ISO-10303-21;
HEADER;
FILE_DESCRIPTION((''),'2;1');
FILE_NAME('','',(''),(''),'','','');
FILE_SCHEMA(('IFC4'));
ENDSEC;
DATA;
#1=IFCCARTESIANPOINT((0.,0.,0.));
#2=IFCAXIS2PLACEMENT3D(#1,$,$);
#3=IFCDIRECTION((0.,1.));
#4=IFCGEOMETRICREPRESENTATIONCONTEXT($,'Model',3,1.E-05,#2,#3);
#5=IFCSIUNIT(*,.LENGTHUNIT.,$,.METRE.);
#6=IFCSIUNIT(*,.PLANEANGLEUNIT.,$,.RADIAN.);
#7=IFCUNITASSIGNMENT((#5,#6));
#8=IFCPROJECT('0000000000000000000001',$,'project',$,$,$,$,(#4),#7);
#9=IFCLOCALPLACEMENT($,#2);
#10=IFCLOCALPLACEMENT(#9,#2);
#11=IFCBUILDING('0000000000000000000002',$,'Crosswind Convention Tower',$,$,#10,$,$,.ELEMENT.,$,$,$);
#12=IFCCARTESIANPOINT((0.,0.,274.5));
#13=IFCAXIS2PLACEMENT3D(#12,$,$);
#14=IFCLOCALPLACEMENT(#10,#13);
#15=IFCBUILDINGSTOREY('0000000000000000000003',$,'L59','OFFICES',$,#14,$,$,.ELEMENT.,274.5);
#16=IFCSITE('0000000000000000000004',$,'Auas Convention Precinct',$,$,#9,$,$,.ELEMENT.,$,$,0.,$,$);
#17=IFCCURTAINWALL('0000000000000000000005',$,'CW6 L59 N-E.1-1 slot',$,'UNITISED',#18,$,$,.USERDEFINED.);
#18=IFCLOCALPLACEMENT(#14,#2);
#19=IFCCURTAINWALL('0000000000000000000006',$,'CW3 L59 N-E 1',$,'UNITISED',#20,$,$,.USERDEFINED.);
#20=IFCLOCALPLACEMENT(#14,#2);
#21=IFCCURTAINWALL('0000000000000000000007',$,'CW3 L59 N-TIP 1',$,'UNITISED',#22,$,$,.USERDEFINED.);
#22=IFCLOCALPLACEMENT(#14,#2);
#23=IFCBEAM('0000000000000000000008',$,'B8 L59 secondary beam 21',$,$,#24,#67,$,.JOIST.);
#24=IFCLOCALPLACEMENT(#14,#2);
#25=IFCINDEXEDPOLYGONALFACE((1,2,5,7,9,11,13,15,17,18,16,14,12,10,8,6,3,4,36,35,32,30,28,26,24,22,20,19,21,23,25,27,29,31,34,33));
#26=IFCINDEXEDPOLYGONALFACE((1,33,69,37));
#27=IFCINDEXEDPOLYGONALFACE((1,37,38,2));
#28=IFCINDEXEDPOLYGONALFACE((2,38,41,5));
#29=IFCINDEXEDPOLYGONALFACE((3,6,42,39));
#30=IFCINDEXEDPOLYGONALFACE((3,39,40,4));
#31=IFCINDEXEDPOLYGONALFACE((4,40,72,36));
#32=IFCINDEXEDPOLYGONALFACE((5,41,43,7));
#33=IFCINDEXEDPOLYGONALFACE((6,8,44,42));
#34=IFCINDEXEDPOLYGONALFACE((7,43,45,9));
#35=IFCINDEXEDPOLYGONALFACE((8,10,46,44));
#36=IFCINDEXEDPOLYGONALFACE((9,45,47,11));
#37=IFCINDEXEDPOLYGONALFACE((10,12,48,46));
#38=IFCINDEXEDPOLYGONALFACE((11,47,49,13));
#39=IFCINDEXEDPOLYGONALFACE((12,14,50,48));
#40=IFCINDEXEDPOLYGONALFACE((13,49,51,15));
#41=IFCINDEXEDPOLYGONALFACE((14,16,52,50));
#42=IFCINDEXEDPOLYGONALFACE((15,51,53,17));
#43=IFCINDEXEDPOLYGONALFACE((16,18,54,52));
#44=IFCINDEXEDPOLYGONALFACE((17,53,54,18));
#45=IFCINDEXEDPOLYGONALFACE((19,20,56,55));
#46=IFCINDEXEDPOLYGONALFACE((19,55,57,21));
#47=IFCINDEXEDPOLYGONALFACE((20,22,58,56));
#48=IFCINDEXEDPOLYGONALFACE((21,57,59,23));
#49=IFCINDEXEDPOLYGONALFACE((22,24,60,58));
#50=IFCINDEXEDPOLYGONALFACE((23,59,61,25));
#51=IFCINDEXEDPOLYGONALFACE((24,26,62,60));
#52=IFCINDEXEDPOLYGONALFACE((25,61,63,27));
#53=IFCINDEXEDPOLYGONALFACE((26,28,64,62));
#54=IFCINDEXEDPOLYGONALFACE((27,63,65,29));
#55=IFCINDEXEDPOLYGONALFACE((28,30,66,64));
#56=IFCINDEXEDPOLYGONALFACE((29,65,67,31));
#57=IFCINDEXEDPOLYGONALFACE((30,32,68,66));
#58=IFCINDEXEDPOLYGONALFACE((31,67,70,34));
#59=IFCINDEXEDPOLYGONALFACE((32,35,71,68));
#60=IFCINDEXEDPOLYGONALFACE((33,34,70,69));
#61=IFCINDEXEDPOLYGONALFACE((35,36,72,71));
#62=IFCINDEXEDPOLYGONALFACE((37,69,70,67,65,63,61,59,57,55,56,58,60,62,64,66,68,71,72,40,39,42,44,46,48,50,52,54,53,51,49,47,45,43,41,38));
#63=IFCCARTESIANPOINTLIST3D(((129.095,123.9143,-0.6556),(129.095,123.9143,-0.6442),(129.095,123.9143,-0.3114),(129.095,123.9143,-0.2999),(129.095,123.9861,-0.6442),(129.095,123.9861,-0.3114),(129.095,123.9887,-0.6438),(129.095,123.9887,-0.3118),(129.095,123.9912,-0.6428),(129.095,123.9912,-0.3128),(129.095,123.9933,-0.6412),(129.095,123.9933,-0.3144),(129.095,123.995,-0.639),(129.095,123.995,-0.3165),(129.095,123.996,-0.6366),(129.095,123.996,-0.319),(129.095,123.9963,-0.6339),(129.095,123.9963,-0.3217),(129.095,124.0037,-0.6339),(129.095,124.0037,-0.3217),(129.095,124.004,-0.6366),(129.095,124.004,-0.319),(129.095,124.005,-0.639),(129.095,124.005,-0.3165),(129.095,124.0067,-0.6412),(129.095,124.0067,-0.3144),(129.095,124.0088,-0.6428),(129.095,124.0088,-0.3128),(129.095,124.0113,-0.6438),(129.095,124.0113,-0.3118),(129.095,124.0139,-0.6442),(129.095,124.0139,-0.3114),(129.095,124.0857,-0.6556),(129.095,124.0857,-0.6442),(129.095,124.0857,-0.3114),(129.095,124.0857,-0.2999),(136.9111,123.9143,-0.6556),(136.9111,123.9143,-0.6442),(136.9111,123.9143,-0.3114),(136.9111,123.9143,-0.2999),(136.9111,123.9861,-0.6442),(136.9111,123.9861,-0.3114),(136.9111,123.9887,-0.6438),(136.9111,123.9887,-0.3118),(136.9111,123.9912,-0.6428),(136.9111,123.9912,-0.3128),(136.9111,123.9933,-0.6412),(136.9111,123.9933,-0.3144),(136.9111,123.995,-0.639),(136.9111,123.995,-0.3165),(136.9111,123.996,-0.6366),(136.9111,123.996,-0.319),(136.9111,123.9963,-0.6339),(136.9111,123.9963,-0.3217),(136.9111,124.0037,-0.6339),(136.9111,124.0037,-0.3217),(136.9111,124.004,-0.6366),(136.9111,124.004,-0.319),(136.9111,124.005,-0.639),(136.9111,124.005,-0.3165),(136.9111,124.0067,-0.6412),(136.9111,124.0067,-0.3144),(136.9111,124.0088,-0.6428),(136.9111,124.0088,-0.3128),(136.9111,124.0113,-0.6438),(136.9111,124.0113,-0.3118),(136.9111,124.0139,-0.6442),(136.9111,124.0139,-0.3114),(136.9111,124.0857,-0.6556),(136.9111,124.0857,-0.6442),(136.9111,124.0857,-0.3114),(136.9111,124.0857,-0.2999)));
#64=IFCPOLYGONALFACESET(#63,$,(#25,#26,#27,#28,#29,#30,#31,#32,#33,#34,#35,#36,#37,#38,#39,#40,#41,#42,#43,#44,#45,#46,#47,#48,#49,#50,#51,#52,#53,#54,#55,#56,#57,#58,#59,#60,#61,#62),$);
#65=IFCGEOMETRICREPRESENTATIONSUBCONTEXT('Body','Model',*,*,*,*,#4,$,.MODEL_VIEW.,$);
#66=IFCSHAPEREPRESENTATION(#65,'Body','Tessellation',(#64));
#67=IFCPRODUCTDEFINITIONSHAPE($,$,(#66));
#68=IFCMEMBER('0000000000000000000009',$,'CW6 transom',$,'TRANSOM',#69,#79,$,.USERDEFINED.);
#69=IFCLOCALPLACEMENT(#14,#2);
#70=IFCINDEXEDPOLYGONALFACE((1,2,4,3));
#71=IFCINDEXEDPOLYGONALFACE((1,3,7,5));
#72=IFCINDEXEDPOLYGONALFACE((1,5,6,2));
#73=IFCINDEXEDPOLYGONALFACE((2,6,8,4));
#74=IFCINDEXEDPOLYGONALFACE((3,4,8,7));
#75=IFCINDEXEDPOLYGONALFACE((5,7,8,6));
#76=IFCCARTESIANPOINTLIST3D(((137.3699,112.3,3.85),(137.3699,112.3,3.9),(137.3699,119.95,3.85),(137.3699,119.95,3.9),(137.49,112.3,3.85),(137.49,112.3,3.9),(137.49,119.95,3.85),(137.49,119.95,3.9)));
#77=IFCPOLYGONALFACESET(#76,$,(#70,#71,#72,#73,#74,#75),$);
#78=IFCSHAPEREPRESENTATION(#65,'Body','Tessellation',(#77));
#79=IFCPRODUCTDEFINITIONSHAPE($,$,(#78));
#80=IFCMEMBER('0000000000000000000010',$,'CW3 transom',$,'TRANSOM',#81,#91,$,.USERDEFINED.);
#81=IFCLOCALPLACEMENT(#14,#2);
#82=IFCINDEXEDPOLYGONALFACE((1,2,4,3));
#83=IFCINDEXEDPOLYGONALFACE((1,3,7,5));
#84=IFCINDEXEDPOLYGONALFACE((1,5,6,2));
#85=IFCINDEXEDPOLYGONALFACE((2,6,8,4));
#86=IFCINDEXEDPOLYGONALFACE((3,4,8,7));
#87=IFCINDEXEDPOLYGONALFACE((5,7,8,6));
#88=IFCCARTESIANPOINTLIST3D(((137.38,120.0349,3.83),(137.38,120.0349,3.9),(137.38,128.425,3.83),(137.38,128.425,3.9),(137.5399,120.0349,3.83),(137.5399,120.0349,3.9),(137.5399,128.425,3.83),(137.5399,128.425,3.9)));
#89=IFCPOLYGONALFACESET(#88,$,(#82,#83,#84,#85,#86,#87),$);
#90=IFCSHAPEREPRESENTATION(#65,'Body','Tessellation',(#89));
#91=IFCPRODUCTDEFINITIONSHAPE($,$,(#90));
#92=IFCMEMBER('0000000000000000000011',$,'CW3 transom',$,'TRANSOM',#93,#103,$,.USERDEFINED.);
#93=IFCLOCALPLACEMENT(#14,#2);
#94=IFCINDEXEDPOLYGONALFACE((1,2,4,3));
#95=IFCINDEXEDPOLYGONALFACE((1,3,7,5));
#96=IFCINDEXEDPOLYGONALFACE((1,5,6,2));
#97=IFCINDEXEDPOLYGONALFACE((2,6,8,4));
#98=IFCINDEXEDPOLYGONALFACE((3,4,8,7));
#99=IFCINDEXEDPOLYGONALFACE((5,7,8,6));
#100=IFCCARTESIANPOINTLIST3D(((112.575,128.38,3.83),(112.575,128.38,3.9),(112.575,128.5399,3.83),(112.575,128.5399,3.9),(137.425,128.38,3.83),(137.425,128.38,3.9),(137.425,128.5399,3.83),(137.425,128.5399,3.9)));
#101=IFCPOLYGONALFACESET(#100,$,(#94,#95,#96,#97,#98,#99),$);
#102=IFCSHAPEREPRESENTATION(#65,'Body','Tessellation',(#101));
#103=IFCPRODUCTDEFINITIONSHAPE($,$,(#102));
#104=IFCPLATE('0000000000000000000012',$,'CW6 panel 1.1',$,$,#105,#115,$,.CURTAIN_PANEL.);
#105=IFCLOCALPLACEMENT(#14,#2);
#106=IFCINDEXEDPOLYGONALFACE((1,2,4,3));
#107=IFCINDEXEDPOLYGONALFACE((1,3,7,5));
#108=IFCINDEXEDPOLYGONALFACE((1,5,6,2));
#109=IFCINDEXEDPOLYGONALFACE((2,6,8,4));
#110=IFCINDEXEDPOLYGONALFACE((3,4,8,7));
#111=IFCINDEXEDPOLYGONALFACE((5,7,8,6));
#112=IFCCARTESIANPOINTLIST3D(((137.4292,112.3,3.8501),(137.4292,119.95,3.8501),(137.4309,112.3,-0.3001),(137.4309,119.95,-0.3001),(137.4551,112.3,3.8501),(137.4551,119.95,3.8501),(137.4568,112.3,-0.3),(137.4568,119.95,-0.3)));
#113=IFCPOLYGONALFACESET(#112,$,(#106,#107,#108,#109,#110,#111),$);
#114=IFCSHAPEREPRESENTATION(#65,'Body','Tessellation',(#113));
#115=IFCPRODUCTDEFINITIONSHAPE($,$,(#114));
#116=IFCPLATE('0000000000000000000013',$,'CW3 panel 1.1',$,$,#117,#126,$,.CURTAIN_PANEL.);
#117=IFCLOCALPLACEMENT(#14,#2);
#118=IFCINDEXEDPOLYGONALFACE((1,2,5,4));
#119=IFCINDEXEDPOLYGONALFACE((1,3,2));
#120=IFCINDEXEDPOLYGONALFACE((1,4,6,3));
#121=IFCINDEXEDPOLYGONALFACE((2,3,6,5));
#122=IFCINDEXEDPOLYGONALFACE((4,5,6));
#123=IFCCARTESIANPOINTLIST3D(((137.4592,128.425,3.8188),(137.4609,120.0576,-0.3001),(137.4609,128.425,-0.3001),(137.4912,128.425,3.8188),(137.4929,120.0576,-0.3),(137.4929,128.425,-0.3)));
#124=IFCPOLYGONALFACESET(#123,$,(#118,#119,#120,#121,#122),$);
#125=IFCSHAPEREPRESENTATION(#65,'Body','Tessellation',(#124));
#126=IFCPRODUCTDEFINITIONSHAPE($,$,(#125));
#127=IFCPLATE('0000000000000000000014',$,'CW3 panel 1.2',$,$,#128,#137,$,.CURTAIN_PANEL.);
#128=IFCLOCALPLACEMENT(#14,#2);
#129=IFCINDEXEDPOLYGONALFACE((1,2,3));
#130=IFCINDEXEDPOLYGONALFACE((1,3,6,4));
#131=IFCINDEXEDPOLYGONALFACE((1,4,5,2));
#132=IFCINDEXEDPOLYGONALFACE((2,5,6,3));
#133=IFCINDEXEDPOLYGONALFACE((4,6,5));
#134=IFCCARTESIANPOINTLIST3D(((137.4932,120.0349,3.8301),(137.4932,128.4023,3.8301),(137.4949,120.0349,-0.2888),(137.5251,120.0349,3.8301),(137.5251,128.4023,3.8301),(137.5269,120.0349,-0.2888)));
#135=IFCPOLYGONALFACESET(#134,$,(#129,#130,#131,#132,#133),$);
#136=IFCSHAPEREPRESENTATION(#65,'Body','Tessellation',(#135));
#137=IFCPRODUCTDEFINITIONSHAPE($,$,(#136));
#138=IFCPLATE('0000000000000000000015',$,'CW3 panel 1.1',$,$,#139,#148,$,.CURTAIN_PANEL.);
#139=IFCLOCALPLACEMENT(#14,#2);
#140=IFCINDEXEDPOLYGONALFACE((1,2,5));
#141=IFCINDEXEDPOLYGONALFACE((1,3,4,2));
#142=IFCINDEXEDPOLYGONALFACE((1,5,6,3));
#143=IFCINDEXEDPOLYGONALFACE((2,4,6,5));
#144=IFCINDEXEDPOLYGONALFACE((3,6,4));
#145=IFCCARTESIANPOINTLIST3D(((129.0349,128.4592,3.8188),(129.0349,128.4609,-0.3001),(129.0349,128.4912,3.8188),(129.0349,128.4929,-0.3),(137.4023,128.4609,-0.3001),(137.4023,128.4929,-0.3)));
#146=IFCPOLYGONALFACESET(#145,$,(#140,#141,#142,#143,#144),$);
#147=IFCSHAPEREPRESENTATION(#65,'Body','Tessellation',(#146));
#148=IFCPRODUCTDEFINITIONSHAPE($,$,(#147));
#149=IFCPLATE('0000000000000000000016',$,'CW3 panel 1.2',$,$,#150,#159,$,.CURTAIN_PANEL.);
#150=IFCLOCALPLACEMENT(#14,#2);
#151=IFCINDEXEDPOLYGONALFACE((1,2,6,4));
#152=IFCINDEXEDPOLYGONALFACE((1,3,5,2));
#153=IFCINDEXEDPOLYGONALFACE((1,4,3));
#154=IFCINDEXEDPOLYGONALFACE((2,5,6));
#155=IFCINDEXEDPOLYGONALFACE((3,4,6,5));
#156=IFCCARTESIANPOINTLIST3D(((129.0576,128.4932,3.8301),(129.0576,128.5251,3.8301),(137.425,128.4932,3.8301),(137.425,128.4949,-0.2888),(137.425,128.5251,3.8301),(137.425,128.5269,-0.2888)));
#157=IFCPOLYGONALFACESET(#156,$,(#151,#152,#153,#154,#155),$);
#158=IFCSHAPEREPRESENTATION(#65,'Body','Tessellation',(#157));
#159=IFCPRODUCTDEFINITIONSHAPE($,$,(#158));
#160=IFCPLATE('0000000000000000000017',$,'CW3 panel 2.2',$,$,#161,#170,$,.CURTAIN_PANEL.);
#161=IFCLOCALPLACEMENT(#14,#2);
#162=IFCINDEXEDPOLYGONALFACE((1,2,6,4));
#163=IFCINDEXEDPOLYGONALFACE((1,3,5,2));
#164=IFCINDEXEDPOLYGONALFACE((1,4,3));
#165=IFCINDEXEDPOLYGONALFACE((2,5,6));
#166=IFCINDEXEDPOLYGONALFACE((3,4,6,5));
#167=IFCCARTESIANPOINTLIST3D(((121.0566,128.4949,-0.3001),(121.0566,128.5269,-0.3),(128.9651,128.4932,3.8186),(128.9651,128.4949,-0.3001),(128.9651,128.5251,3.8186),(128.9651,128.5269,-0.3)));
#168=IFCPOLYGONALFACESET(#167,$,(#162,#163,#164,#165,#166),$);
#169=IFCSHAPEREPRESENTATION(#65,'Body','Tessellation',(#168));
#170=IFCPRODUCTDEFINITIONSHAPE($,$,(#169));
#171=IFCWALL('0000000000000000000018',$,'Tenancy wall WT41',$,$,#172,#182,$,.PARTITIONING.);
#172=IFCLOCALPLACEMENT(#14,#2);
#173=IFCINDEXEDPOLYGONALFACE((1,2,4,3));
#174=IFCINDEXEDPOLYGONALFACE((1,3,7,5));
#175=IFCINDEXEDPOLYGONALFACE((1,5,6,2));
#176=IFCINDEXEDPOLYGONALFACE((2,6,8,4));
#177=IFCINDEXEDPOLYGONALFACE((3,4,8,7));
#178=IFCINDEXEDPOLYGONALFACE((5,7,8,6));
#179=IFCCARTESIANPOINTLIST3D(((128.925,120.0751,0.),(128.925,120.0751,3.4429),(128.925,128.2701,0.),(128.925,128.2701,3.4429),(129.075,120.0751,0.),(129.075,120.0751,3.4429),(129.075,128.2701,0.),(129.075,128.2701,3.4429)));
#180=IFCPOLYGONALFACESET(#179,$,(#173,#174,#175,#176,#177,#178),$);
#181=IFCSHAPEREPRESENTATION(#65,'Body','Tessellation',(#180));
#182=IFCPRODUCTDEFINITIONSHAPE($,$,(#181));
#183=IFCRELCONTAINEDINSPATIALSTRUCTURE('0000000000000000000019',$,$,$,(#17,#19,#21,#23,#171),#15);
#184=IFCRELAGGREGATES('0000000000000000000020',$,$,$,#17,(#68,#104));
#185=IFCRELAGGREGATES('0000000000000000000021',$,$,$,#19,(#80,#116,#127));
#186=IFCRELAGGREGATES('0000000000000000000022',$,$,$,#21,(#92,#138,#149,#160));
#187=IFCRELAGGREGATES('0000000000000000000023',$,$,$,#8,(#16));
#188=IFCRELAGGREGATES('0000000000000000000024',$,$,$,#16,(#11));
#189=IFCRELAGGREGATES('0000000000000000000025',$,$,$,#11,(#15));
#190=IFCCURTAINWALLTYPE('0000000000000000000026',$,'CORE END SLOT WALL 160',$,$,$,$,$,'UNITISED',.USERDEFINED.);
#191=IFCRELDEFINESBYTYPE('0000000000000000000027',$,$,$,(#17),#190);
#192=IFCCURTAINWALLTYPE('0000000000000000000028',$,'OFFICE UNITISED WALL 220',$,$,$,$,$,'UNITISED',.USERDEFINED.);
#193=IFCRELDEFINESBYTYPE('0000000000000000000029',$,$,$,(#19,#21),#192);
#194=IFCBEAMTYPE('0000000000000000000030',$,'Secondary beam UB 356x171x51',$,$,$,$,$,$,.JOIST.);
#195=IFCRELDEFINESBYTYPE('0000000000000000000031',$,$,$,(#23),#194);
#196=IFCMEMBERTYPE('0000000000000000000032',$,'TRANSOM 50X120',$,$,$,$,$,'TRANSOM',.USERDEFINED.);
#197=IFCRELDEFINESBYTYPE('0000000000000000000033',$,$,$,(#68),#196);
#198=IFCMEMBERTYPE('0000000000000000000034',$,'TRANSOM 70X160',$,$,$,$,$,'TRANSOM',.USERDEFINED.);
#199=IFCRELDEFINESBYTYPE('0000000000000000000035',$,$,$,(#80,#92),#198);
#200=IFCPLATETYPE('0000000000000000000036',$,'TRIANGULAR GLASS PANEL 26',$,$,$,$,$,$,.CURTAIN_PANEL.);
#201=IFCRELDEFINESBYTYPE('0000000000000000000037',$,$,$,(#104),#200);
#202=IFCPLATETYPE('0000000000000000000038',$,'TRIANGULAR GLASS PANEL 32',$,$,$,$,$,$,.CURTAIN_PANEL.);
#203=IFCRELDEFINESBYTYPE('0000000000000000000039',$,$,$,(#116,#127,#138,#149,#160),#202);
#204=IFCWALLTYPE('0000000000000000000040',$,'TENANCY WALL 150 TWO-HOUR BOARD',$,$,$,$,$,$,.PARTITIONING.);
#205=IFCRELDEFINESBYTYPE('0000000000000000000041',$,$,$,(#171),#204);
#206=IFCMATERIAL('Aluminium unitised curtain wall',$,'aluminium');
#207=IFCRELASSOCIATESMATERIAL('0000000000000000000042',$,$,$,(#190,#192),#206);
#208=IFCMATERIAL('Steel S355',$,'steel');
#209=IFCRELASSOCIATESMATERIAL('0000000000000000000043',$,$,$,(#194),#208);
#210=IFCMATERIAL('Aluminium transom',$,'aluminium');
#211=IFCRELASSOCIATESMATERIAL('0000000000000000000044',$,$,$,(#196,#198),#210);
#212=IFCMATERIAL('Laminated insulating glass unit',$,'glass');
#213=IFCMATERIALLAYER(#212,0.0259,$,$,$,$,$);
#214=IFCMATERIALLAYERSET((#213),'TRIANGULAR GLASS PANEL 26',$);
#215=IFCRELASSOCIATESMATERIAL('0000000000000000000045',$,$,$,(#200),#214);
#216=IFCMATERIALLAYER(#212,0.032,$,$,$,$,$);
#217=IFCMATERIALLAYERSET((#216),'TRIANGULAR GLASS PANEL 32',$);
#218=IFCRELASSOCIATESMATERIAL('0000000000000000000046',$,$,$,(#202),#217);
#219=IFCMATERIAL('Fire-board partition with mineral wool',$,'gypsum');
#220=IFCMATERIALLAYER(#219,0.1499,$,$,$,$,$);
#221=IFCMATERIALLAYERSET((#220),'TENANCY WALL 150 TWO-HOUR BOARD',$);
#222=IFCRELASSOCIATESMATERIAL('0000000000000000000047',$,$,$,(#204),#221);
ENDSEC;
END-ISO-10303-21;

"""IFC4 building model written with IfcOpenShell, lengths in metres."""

from ifc_helpers import new_model, si_unit, direction, frame, frame_2d, origin, origin_2d, place, context, subcontext, project, spatial, polyline, rectangle, i_section, outline, extrude, material, layer, layer_set, material_profile, profile_set, type_object, element, aggregate, save


model = new_model("IFC4")

# Units and contexts
model_context = context("Model", 3, precision=1e-05, world=origin(), true_north=direction((0.0, 1.0)))
body_context = subcontext(model_context, "Body", "Model", "MODEL_VIEW")
ifc_project = project(units=[si_unit("LENGTHUNIT", "METRE"), si_unit("PLANEANGLEUNIT", "RADIAN")], contexts=[model_context])

# Site, building, storey
site_placement = place(None, origin())
site = spatial("IfcSite", under=ifc_project, at=site_placement, Name="Auas Convention Precinct", CompositionType="ELEMENT", RefElevation=0.0)
building_placement = place(site_placement, origin())
building = spatial("IfcBuilding", under=site, at=building_placement, Name="Crosswind Convention Tower", CompositionType="ELEMENT")
storey_placement = place(building_placement, frame((0.0, 0.0, 274.5)))
storey = spatial("IfcBuildingStorey", under=building, at=storey_placement, Name="L59", Description="OFFICES", CompositionType="ELEMENT", Elevation=274.5)

# Shared definitions
ifc_material_1 = material(Name="Steel S355", Category="steel")

# Curtain walls
ifc_material_2 = material(Name="Aluminium unitised curtain wall", Category="aluminium")
curtain_wall_type_1 = type_object("IfcCurtainWallType", Name="CORE END SLOT WALL 160", ElementType="UNITISED", PredefinedType="USERDEFINED", material=ifc_material_2)
curtain_wall_1_placement = place(storey_placement, origin())
curtain_wall_1 = element("IfcCurtainWall", 1, at=curtain_wall_1_placement, inside=storey, type_object=curtain_wall_type_1, Name="CW6 L59 N-E.1-1 slot", ObjectType="UNITISED", PredefinedType="USERDEFINED")
curtain_wall_type_2 = type_object("IfcCurtainWallType", Name="OFFICE UNITISED WALL 220", ElementType="UNITISED", PredefinedType="USERDEFINED", material=ifc_material_2)
curtain_wall_2_placement = place(storey_placement, origin())
curtain_wall_2 = element("IfcCurtainWall", 2, at=curtain_wall_2_placement, inside=storey, type_object=curtain_wall_type_2, Name="CW3 L59 N-E 1", ObjectType="UNITISED", PredefinedType="USERDEFINED")

# Curtain wall
curtain_wall_3_placement = place(storey_placement, origin())
curtain_wall_3 = element("IfcCurtainWall", 3, at=curtain_wall_3_placement, inside=storey, type_object=curtain_wall_type_2, Name="CW3 L59 N-TIP 1", ObjectType="UNITISED", PredefinedType="USERDEFINED")

# Beam
ifc_material_profile_1 = material_profile(ifc_material_1, i_section(OverallWidth=0.1714, OverallDepth=0.3557, WebThickness=0.0073, FlangeThickness=0.0115, FilletRadius=0.0103, at=origin_2d()), Name="UB 356x171x51")
ifc_profile_set_1 = profile_set([ifc_material_profile_1], Name="Steel S355")
beam_type_1 = type_object("IfcBeamType", Name="Secondary beam UB 356x171x51", PredefinedType="JOIST", material=ifc_profile_set_1)
for number, where, z_axis, x_axis, name in (
    (4, (129.095, 124.0, -0.4778), (1.0, 0.0, 0.0), (0.0, 1.0, 0.0), "B8 L59 secondary beam 21"),
):
    element("IfcBeam", number, at=place(storey_placement, frame(where, z_axis=z_axis, x_axis=x_axis)), inside=storey, type_object=beam_type_1, Name=name, PredefinedType="JOIST", context=body_context, shape_type="SweptSolid", body=[
        extrude(i_section(OverallWidth=0.1714, OverallDepth=0.3557, WebThickness=0.0073, FlangeThickness=0.0115, FilletRadius=0.0103, at=origin_2d()), origin(), (0.0, 0.0, 1.0), 7.8162),
    ])

# Members
ifc_material_3 = material(Name="Aluminium transom", Category="aluminium")
ifc_material_profile_2 = material_profile(ifc_material_3, rectangle(XDim=0.1201, YDim=0.05, at=origin_2d()), Name="AL 120X50")
ifc_profile_set_2 = profile_set([ifc_material_profile_2], Name="Aluminium transom")
member_type_1 = type_object("IfcMemberType", Name="TRANSOM 50X120", ElementType="TRANSOM", PredefinedType="USERDEFINED", material=ifc_profile_set_2)
member_1_placement = place(storey_placement, frame((137.4299, 112.3, 3.875), z_axis=(0.0, 1.0, 0.0), x_axis=(-1.0, 0.0, 0.0)))
member_1 = element("IfcMember", 5, at=member_1_placement, type_object=member_type_1, Name="CW6 transom", ObjectType="TRANSOM", PredefinedType="USERDEFINED", context=body_context, shape_type="SweptSolid", body=[
    extrude(rectangle(XDim=0.1201, YDim=0.05, at=origin_2d()), origin(), (0.0, 0.0, 1.0), 7.6499),
])
ifc_material_profile_3 = material_profile(ifc_material_3, rectangle(XDim=0.1599, YDim=0.0701, at=origin_2d()), Name="AL 160X70")
ifc_profile_set_3 = profile_set([ifc_material_profile_3], Name="Aluminium transom")
member_type_2 = type_object("IfcMemberType", Name="TRANSOM 70X160", ElementType="TRANSOM", PredefinedType="USERDEFINED", material=ifc_profile_set_3)
member_2_placement = place(storey_placement, frame((137.46, 120.0349, 3.865), z_axis=(0.0, 1.0, 0.0), x_axis=(-1.0, 0.0, 0.0)))
member_2 = element("IfcMember", 6, at=member_2_placement, type_object=member_type_2, Name="CW3 transom", ObjectType="TRANSOM", PredefinedType="USERDEFINED", context=body_context, shape_type="SweptSolid", body=[
    extrude(rectangle(XDim=0.1599, YDim=0.0701, at=origin_2d()), origin(), (0.0, 0.0, 1.0), 8.3901),
])
member_3_placement = place(storey_placement, frame((137.425, 128.46, 3.865), z_axis=(-1.0, 0.0, 0.0), x_axis=(0.0, -1.0, 0.0)))
member_3 = element("IfcMember", 7, at=member_3_placement, type_object=member_type_2, Name="CW3 transom", ObjectType="TRANSOM", PredefinedType="USERDEFINED", context=body_context, shape_type="SweptSolid", body=[
    extrude(rectangle(XDim=0.1599, YDim=0.0701, at=origin_2d()), origin(), (0.0, 0.0, 1.0), 24.8501),
])

# Plates
ifc_material_4 = material(Name="Laminated insulating glass unit", Category="glass")
ifc_layer_1 = layer(ifc_material_4, 0.0259)
ifc_layer_set_1 = layer_set([ifc_layer_1], Name="TRIANGULAR GLASS PANEL 26")
plate_type_1 = type_object("IfcPlateType", Name="TRIANGULAR GLASS PANEL 26", PredefinedType="CURTAIN_PANEL", material=ifc_layer_set_1)
plate_1_placement = place(storey_placement, frame((137.4568, 112.3, -0.3), z_axis=(1.0, 0.0, 0.000412), x_axis=(0.0, 1.0, 0.0)))
plate_1 = element("IfcPlate", 8, at=plate_1_placement, type_object=plate_type_1, Name="CW6 panel 1.1", PredefinedType="CURTAIN_PANEL", context=body_context, shape_type="SweptSolid", body=[
    extrude(outline(polyline([(0.0, 0.0), (7.6499, 0.0), (7.6499, 4.1501), (0.0, 4.1501), (0.0, 0.0)])), origin(), (0.0, 0.0, -1.0), 0.0259),
])
aggregate(curtain_wall_1, [member_1, plate_1])
ifc_layer_2 = layer(ifc_material_4, 0.032)
ifc_layer_set_2 = layer_set([ifc_layer_2], Name="TRIANGULAR GLASS PANEL 32")
plate_type_2 = type_object("IfcPlateType", Name="TRIANGULAR GLASS PANEL 32", PredefinedType="CURTAIN_PANEL", material=ifc_layer_set_2)
plate_2_placement = place(storey_placement, frame((137.4929, 128.425, -0.3), z_axis=(1.0, 0.0, 0.000415), x_axis=(-0.000415, 0.0, 1.0)))
plate_2 = element("IfcPlate", 9, at=plate_2_placement, type_object=plate_type_2, Name="CW3 panel 1.1", PredefinedType="CURTAIN_PANEL", context=body_context, shape_type="SweptSolid", body=[
    extrude(outline(polyline([(0.0, 0.0), (4.1189, 0.0), (0.0, 8.3674), (0.0, 0.0)])), origin(), (0.0, 0.0, -1.0), 0.032),
])
plate_3_placement = place(storey_placement, frame((137.5251, 120.0349, 3.8301), z_axis=(1.0, 0.0, 0.000415), x_axis=(0.000415, 0.0, -1.0)))
plate_3 = element("IfcPlate", 10, at=plate_3_placement, type_object=plate_type_2, Name="CW3 panel 1.2", PredefinedType="CURTAIN_PANEL", context=body_context, shape_type="SweptSolid", body=[
    extrude(outline(polyline([(0.0, 0.0), (4.1189, 0.0), (0.0, 8.3674), (0.0, 0.0)])), origin(), (0.0, 0.0, -1.0), 0.032),
])
plate_4_placement = place(storey_placement, frame((129.0349, 128.4929, -0.3), z_axis=(0.0, 1.0, 0.000415), x_axis=(0.0, -0.000415, 1.0)))
plate_4 = element("IfcPlate", 11, at=plate_4_placement, type_object=plate_type_2, Name="CW3 panel 1.1", PredefinedType="CURTAIN_PANEL", context=body_context, shape_type="SweptSolid", body=[
    extrude(outline(polyline([(0.0, 0.0), (4.1189, 0.0), (0.0, 8.3674), (0.0, 0.0)])), origin(), (0.0, 0.0, -1.0), 0.032),
])
plate_5_placement = place(storey_placement, frame((137.425, 128.5251, 3.8301), z_axis=(0.0, 1.0, 0.000415), x_axis=(0.0, 0.000415, -1.0)))
plate_5 = element("IfcPlate", 12, at=plate_5_placement, type_object=plate_type_2, Name="CW3 panel 1.2", PredefinedType="CURTAIN_PANEL", context=body_context, shape_type="SweptSolid", body=[
    extrude(outline(polyline([(0.0, 0.0), (4.1189, 0.0), (0.0, 8.3674), (0.0, 0.0)])), origin(), (0.0, 0.0, -1.0), 0.032),
])
plate_6_placement = place(storey_placement, frame((128.9651, 128.5269, -0.3), z_axis=(0.0, 1.0, 0.000415), x_axis=(-1.0, 0.0, 0.0)))
plate_6 = element("IfcPlate", 13, at=plate_6_placement, type_object=plate_type_2, Name="CW3 panel 2.2", PredefinedType="CURTAIN_PANEL", context=body_context, shape_type="SweptSolid", body=[
    extrude(outline(polyline([(0.0, 0.0), (7.9084, 0.0), (0.0, 4.1187), (0.0, 0.0)])), origin(), (0.0, 0.0, -1.0), 0.032),
])

# Wall
ifc_material_5 = material(Name="Fire-board partition with mineral wool", Category="gypsum")
ifc_layer_3 = layer(ifc_material_5, 0.1499)
ifc_layer_set_3 = layer_set([ifc_layer_3], Name="TENANCY WALL 150 TWO-HOUR BOARD")
wall_type = type_object("IfcWallType", Name="TENANCY WALL 150 TWO-HOUR BOARD", PredefinedType="PARTITIONING", material=ifc_layer_set_3)
wall_placement = place(storey_placement, frame((129.0, 120.075, 0.0), z_axis=(0.0, 0.0, 1.0), x_axis=(0.0, 1.0, 0.0)))
element("IfcWall", 14, at=wall_placement, inside=storey, type_object=wall_type, Name="Tenancy wall WT41", PredefinedType="PARTITIONING", context=body_context, shape_type="SweptSolid", body=[
    extrude(rectangle(XDim=8.1951, YDim=0.1499, at=frame_2d((4.0977, 0.0))), origin(), (0.0, 0.0, 1.0), 3.4429),
])

aggregate(curtain_wall_2, [member_2, plate_2, plate_3])
aggregate(curtain_wall_3, [member_3, plate_4, plate_5, plate_6])

save(model, "model.ifc")
